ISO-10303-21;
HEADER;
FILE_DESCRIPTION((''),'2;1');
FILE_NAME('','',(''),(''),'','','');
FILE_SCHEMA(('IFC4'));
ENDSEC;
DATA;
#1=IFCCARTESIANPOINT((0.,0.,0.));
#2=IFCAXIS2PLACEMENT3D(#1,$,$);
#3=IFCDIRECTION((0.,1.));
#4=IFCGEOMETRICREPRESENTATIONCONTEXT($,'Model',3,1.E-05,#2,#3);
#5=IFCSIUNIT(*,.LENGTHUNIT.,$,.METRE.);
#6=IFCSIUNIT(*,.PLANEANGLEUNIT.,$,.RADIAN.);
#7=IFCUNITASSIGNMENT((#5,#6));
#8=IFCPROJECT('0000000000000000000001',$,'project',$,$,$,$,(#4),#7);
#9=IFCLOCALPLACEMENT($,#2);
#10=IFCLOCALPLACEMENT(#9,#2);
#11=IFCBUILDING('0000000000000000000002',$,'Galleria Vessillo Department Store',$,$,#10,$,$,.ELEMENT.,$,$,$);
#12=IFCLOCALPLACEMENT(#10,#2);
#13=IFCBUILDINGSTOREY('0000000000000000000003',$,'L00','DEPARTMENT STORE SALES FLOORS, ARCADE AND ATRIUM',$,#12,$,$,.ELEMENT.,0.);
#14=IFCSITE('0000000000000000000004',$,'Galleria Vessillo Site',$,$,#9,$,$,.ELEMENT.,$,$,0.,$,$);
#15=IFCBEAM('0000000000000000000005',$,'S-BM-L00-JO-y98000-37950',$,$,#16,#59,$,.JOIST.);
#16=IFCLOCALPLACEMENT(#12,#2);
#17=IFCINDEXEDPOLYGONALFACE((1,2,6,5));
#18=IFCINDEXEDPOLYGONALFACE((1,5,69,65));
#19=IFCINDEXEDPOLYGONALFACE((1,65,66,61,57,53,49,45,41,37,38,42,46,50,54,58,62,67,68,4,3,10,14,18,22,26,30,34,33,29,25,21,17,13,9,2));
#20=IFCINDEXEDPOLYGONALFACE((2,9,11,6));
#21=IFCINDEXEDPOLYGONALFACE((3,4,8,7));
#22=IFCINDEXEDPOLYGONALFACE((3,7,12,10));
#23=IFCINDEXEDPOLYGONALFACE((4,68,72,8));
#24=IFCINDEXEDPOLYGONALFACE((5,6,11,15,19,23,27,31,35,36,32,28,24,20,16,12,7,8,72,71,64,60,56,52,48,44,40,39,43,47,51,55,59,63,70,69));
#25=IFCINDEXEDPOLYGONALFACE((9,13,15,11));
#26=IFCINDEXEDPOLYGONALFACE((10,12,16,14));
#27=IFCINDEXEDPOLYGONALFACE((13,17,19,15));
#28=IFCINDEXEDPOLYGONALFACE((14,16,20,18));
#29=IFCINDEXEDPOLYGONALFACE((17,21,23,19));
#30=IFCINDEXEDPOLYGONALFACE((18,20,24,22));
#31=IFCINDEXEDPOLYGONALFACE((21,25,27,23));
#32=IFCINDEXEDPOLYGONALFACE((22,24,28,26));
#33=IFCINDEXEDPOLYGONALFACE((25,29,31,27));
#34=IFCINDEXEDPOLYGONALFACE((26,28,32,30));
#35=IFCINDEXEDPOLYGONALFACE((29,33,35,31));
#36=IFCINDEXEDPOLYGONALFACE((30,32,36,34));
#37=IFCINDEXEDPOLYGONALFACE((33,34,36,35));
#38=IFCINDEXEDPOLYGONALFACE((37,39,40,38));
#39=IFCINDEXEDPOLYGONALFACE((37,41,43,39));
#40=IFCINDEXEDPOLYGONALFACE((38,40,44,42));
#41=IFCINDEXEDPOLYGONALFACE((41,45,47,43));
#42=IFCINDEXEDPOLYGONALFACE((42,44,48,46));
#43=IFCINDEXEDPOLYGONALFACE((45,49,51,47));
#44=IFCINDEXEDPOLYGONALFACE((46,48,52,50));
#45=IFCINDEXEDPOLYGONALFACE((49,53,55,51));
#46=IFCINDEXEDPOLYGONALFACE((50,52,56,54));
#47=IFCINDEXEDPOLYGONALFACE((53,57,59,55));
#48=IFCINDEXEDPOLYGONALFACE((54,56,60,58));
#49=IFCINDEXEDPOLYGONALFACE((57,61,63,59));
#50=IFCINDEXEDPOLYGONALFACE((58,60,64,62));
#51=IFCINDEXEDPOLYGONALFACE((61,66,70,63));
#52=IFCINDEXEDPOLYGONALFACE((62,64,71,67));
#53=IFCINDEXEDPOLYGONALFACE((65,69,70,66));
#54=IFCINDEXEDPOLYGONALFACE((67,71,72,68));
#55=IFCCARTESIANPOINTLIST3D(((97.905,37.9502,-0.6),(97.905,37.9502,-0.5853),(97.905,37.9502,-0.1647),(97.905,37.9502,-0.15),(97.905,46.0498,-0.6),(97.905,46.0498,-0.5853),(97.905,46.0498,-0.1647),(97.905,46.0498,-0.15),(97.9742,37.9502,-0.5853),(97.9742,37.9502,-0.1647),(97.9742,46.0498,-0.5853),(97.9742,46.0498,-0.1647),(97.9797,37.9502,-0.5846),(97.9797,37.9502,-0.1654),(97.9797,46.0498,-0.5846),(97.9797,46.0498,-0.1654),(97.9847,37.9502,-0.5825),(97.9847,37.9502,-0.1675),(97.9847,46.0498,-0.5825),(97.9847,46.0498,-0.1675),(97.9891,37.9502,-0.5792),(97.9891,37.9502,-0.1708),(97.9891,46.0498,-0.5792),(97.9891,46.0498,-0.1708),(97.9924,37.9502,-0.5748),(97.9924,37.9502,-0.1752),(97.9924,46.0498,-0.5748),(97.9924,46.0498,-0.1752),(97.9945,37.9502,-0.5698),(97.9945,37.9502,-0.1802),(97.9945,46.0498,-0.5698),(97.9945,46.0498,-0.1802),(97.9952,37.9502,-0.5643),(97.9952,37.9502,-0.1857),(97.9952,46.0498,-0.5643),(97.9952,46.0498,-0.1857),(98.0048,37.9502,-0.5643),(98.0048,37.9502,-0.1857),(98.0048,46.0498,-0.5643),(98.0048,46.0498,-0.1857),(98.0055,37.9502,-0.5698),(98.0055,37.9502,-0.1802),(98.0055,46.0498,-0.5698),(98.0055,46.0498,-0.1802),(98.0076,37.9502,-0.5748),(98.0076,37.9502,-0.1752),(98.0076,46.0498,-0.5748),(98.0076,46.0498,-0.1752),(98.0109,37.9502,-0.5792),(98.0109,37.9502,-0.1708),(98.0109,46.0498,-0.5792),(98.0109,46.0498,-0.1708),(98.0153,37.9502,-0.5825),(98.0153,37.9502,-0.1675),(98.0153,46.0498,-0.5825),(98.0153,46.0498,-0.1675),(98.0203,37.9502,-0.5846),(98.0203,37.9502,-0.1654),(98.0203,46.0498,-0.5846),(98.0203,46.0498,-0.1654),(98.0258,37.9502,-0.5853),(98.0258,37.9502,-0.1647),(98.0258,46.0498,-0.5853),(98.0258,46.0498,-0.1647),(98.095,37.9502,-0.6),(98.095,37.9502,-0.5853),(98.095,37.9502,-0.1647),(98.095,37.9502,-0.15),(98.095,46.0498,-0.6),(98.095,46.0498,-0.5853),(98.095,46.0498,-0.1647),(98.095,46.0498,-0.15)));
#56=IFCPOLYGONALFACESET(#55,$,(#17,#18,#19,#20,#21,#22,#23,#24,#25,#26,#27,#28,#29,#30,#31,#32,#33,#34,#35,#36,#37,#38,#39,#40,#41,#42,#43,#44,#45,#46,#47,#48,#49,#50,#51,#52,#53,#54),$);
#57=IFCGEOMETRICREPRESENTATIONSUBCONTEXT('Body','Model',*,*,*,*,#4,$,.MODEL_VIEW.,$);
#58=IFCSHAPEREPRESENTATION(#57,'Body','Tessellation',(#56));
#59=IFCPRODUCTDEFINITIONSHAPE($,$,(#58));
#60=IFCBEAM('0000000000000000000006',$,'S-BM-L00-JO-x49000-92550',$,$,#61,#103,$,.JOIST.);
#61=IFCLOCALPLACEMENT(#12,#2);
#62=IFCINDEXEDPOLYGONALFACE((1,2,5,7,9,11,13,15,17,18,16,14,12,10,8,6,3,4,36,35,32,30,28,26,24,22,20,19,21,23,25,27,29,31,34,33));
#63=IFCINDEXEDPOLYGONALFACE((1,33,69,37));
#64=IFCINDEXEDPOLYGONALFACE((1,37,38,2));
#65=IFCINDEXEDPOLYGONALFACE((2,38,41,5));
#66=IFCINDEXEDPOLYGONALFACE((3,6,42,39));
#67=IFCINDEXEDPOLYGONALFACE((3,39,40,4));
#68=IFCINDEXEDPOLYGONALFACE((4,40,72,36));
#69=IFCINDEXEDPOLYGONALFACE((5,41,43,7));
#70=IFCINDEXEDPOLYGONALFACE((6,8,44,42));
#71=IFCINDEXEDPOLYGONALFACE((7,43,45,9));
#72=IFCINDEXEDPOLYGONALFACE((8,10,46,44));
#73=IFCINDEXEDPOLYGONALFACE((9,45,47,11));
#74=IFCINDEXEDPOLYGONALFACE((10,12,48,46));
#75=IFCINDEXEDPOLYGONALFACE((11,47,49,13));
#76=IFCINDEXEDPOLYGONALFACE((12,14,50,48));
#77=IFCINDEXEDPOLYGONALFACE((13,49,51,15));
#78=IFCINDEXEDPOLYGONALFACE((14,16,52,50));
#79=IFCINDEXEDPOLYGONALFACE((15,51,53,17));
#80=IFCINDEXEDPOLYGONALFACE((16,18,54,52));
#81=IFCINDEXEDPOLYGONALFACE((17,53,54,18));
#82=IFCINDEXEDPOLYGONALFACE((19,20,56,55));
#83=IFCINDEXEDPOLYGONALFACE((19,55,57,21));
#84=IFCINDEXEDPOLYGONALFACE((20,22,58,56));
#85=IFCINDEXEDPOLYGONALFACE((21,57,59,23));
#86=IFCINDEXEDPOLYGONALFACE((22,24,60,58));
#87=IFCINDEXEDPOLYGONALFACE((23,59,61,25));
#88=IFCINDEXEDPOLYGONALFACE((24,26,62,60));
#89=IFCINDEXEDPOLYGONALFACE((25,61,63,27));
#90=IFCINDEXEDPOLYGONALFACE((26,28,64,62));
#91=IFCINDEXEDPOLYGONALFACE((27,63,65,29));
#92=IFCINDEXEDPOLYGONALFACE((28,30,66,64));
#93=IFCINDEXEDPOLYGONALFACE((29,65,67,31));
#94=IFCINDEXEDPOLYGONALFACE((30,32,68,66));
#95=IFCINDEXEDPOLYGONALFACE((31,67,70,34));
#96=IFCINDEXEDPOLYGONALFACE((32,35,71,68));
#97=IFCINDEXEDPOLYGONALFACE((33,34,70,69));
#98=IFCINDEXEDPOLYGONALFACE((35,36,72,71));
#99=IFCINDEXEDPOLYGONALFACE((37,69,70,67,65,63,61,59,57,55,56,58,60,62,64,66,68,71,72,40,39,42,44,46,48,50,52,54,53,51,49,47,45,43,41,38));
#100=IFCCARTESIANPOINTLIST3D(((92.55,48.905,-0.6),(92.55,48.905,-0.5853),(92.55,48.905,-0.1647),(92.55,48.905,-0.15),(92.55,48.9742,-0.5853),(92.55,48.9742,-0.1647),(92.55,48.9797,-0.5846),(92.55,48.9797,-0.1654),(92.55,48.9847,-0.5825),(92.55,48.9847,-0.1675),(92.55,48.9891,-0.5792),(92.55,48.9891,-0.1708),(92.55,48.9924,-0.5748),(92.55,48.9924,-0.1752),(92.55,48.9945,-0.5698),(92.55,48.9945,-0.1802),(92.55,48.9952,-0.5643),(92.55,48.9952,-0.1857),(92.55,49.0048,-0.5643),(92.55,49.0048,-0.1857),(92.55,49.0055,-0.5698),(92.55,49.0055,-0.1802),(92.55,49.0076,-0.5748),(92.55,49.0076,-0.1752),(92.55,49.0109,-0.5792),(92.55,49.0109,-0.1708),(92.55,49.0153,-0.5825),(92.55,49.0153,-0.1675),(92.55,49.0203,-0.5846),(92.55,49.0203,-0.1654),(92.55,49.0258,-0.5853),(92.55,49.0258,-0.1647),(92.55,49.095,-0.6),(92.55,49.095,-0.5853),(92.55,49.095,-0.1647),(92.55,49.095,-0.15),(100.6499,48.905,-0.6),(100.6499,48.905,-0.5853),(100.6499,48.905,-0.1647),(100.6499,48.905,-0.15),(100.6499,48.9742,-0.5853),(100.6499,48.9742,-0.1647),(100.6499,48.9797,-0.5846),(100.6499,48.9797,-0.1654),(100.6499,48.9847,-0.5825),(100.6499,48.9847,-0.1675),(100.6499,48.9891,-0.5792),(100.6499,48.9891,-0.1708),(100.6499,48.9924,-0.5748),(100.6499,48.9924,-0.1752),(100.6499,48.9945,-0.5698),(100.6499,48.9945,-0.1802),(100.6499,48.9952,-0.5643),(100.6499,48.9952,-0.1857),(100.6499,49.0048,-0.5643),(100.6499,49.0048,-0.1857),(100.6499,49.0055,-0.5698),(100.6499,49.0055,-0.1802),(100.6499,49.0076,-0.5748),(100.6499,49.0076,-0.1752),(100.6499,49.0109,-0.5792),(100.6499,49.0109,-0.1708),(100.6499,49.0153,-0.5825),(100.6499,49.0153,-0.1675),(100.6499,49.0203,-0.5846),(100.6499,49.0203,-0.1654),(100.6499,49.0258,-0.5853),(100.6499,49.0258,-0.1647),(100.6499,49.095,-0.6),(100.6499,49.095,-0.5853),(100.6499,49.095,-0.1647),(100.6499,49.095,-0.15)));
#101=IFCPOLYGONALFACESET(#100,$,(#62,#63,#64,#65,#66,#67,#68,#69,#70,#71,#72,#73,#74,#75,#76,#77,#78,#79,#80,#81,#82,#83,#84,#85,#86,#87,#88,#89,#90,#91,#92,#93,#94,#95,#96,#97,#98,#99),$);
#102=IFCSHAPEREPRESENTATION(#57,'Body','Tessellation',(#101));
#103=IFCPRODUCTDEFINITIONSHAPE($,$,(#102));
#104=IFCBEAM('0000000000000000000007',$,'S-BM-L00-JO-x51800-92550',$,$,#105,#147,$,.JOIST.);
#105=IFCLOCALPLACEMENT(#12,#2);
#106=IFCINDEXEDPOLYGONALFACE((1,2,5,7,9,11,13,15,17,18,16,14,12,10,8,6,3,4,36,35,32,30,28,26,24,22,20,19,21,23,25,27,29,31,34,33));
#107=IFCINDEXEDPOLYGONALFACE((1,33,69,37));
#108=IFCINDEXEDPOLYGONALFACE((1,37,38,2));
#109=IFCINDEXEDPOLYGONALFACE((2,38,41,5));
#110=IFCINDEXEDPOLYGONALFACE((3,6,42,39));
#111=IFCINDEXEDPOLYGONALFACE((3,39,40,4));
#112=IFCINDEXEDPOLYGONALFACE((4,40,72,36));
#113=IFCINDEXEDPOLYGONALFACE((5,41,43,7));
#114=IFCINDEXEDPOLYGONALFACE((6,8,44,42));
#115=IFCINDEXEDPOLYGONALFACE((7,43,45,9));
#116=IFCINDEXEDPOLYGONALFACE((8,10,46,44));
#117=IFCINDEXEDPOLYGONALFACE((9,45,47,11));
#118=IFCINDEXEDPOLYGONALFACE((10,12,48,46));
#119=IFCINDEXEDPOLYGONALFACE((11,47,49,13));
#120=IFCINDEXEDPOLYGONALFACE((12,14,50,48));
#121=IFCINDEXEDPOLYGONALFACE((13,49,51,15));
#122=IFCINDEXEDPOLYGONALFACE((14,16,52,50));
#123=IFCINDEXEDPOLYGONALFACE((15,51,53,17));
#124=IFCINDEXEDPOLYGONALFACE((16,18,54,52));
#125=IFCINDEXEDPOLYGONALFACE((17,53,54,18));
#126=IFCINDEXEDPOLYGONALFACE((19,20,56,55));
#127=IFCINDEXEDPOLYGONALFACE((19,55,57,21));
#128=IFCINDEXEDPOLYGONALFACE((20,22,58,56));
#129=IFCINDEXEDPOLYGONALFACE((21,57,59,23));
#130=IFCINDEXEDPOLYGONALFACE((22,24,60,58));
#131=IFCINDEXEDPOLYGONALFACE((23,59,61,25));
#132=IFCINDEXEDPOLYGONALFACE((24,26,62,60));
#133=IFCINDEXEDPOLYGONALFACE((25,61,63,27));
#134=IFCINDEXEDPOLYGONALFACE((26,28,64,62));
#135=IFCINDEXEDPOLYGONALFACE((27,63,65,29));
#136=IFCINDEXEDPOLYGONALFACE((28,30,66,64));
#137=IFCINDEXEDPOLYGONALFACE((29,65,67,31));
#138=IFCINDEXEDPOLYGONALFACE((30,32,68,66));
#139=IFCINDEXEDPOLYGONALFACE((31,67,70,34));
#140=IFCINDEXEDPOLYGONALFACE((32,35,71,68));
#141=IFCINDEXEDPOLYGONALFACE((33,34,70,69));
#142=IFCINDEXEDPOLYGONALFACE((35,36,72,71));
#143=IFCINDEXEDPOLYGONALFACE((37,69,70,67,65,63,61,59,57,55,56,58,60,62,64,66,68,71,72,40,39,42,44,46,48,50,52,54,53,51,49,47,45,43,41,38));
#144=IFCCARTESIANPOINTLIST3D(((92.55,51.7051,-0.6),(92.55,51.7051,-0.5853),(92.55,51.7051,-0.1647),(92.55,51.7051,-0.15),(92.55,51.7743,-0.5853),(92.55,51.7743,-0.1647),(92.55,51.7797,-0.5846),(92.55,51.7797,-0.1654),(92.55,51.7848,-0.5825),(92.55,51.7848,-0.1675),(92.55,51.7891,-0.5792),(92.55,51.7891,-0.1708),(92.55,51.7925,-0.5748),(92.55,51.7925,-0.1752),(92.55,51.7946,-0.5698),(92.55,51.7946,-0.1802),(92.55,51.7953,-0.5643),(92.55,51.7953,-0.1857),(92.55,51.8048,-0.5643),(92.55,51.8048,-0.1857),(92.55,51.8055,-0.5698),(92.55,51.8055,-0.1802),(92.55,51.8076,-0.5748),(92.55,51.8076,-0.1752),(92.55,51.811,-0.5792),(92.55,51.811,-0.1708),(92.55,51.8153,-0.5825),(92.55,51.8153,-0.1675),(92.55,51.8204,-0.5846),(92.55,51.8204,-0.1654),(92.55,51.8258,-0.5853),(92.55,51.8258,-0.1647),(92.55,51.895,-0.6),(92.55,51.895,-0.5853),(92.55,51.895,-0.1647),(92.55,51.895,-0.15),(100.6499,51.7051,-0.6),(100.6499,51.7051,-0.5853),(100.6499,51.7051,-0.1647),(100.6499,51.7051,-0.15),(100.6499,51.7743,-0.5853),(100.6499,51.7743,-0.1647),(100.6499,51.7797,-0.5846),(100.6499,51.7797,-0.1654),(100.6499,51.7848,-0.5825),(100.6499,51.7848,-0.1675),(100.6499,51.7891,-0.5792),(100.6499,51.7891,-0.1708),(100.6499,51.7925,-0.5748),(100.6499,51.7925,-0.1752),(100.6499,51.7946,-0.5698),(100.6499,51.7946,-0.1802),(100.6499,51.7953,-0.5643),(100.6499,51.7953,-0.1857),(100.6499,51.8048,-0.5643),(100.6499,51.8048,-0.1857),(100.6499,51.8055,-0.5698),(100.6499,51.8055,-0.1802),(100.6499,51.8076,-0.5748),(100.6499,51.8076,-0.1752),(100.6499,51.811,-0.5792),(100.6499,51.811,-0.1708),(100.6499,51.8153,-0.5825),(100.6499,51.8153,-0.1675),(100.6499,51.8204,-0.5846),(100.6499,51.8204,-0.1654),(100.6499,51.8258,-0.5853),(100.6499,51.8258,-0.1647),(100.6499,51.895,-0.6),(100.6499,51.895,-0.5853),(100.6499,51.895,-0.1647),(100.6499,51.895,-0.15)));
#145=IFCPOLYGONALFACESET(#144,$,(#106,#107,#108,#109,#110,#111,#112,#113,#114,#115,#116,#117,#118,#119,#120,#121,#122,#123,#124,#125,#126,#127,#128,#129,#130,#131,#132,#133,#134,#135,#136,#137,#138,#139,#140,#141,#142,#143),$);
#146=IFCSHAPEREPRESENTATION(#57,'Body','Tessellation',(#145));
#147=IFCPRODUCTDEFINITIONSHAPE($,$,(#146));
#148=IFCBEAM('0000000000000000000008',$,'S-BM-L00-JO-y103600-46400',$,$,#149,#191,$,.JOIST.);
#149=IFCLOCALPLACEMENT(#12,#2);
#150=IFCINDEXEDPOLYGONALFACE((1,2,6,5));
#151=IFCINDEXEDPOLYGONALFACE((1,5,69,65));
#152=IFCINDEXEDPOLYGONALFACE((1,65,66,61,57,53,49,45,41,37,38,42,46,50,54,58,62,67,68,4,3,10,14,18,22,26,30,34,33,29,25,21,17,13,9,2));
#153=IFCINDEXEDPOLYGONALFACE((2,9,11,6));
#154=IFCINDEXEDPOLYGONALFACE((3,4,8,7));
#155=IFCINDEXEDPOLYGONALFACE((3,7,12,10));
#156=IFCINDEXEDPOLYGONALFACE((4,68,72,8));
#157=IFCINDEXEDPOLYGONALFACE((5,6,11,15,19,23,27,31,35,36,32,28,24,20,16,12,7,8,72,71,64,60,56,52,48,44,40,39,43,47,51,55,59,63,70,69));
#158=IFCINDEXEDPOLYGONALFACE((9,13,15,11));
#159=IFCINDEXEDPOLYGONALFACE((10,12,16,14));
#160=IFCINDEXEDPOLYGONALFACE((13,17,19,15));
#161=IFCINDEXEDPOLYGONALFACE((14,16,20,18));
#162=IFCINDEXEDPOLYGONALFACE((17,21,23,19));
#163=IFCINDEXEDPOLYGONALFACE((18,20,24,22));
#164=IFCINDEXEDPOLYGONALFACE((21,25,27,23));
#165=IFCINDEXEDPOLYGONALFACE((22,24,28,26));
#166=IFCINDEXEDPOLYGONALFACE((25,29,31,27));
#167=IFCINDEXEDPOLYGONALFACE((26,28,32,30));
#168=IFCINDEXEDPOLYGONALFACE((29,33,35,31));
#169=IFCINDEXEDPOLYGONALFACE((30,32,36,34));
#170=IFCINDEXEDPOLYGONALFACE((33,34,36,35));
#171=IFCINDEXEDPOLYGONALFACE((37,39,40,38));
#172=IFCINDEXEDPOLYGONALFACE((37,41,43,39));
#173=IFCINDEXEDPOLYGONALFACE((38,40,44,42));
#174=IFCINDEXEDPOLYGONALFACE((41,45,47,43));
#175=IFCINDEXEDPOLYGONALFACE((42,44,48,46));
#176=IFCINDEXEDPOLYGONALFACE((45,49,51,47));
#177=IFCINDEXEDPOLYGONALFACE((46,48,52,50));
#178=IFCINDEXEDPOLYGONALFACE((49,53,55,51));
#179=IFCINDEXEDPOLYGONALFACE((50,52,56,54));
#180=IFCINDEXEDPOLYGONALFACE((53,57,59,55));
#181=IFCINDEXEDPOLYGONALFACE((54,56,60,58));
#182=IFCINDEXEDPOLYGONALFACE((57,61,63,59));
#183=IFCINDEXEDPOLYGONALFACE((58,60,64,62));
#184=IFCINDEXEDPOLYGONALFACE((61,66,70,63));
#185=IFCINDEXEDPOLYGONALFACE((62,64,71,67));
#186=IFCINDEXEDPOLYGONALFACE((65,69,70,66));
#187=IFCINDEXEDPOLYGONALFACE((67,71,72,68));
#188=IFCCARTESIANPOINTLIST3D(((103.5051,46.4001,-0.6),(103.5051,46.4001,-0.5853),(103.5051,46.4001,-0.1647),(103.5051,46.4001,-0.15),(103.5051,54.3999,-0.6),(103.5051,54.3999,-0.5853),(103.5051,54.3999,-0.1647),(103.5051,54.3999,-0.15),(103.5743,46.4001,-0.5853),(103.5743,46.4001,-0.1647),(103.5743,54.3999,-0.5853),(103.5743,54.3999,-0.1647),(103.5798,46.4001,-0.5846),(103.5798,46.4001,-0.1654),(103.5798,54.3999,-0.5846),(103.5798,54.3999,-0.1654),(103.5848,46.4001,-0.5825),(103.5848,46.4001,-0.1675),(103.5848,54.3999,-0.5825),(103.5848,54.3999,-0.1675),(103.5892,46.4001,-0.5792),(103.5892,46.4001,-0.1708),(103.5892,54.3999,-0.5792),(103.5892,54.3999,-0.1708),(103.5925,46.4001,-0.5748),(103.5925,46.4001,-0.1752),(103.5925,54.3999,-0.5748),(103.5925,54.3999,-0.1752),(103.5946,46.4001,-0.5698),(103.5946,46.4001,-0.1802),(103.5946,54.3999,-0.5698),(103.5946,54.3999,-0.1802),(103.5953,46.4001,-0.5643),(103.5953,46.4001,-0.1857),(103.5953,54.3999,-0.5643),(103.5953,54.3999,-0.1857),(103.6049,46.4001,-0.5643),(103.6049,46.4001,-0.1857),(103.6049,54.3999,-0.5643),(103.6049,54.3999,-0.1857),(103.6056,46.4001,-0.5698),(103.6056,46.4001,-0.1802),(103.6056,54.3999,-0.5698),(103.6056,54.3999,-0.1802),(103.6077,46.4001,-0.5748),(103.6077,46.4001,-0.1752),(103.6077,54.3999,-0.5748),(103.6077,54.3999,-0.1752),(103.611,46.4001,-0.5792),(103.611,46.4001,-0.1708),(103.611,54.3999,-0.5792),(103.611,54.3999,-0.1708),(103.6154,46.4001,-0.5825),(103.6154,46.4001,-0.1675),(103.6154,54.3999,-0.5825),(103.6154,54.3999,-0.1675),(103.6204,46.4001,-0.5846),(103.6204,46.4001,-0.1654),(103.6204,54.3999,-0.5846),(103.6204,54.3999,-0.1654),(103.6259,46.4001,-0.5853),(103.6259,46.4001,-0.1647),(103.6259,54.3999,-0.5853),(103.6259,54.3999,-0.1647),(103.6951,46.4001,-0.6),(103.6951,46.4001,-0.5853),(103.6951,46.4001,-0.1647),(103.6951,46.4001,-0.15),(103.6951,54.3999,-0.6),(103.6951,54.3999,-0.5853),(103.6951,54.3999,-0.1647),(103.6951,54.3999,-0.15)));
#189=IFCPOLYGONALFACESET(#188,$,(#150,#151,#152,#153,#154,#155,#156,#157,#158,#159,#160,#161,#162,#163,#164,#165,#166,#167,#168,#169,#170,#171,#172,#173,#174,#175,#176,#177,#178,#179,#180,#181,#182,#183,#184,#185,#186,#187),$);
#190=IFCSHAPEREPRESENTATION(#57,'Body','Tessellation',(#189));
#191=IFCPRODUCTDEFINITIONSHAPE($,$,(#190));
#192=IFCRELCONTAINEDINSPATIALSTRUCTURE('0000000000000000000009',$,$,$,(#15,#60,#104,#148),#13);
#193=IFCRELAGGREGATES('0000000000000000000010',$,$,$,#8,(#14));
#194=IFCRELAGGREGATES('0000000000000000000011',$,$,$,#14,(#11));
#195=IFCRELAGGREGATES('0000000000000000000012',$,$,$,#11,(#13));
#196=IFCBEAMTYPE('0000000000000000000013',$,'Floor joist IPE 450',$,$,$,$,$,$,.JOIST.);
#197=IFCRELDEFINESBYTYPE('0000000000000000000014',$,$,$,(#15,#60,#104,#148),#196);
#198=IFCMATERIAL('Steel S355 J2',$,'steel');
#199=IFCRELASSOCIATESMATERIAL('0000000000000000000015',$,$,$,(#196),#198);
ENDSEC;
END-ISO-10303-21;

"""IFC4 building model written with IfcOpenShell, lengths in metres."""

from ifc_helpers import new_model, si_unit, direction, frame, origin, origin_2d, place, context, subcontext, project, spatial, i_section, extrude, material, material_profile, profile_set, type_object, element, save


model = new_model("IFC4")

# Units and contexts
model_context = context("Model", 3, precision=1e-05, world=origin(), true_north=direction((0.0, 1.0)))
body_context = subcontext(model_context, "Body", "Model", "MODEL_VIEW")
ifc_project = project(units=[si_unit("LENGTHUNIT", "METRE"), si_unit("PLANEANGLEUNIT", "RADIAN")], contexts=[model_context])

# Site, building, storey
site_placement = place(None, origin())
site = spatial("IfcSite", under=ifc_project, at=site_placement, Name="Galleria Vessillo Site", CompositionType="ELEMENT", RefElevation=0.0)
building_placement = place(site_placement, origin())
building = spatial("IfcBuilding", under=site, at=building_placement, Name="Galleria Vessillo Department Store", CompositionType="ELEMENT")
storey_placement = place(building_placement, origin())
storey = spatial("IfcBuildingStorey", under=building, at=storey_placement, Name="L00", Description="DEPARTMENT STORE SALES FLOORS, ARCADE AND ATRIUM", CompositionType="ELEMENT", Elevation=0.0)

# Beams
ifc_material_1 = material(Name="Steel S355 J2", Category="steel")
ifc_material_profile_1 = material_profile(ifc_material_1, i_section(OverallWidth=0.1899, OverallDepth=0.45, WebThickness=0.0095, FlangeThickness=0.0146, FilletRadius=0.021, at=origin_2d()), Name="IPE 450")
ifc_profile_set_1 = profile_set([ifc_material_profile_1], Name="Steel S355 J2")
beam_type_1 = type_object("IfcBeamType", Name="Floor joist IPE 450", PredefinedType="JOIST", material=ifc_profile_set_1)
for number, where, z_axis, x_axis, name in (
    (1, (98.0, 37.9502, -0.375), (0.0, 1.0, 0.0), (-1.0, 0.0, 0.0), "S-BM-L00-JO-y98000-37950"),
):
    element("IfcBeam", number, at=place(storey_placement, frame(where, z_axis=z_axis, x_axis=x_axis)), inside=storey, type_object=beam_type_1, Name=name, PredefinedType="JOIST", context=body_context, shape_type="SweptSolid", body=[
        extrude(i_section(OverallWidth=0.1899, OverallDepth=0.45, WebThickness=0.0095, FlangeThickness=0.0146, FilletRadius=0.021, at=origin_2d()), origin(), (0.0, 0.0, 1.0), 8.0996),
    ])
for number, where, z_axis, x_axis, name in (
    (2, (92.55, 49.0, -0.375), (1.0, 0.0, 0.0), (0.0, 1.0, 0.0), "S-BM-L00-JO-x49000-92550"),
    (3, (92.55, 51.8, -0.375), (1.0, 0.0, 0.0), (0.0, 1.0, 0.0), "S-BM-L00-JO-x51800-92550"),
):
    element("IfcBeam", number, at=place(storey_placement, frame(where, z_axis=z_axis, x_axis=x_axis)), inside=storey, type_object=beam_type_1, Name=name, PredefinedType="JOIST", context=body_context, shape_type="SweptSolid", body=[
        extrude(i_section(OverallWidth=0.1899, OverallDepth=0.45, WebThickness=0.0095, FlangeThickness=0.0146, FilletRadius=0.021, at=origin_2d()), origin(), (0.0, 0.0, 1.0), 8.0999),
    ])
beam_1_placement = place(storey_placement, frame((103.6001, 46.4001, -0.375), z_axis=(0.0, 1.0, 0.0), x_axis=(-1.0, 0.0, 0.0)))
element("IfcBeam", 4, at=beam_1_placement, inside=storey, type_object=beam_type_1, Name="S-BM-L00-JO-y103600-46400", PredefinedType="JOIST", context=body_context, shape_type="SweptSolid", body=[
    extrude(i_section(OverallWidth=0.1899, OverallDepth=0.45, WebThickness=0.0095, FlangeThickness=0.0146, FilletRadius=0.021, at=origin_2d()), origin(), (0.0, 0.0, 1.0), 7.9998),
])

save(model, "model.ifc")
